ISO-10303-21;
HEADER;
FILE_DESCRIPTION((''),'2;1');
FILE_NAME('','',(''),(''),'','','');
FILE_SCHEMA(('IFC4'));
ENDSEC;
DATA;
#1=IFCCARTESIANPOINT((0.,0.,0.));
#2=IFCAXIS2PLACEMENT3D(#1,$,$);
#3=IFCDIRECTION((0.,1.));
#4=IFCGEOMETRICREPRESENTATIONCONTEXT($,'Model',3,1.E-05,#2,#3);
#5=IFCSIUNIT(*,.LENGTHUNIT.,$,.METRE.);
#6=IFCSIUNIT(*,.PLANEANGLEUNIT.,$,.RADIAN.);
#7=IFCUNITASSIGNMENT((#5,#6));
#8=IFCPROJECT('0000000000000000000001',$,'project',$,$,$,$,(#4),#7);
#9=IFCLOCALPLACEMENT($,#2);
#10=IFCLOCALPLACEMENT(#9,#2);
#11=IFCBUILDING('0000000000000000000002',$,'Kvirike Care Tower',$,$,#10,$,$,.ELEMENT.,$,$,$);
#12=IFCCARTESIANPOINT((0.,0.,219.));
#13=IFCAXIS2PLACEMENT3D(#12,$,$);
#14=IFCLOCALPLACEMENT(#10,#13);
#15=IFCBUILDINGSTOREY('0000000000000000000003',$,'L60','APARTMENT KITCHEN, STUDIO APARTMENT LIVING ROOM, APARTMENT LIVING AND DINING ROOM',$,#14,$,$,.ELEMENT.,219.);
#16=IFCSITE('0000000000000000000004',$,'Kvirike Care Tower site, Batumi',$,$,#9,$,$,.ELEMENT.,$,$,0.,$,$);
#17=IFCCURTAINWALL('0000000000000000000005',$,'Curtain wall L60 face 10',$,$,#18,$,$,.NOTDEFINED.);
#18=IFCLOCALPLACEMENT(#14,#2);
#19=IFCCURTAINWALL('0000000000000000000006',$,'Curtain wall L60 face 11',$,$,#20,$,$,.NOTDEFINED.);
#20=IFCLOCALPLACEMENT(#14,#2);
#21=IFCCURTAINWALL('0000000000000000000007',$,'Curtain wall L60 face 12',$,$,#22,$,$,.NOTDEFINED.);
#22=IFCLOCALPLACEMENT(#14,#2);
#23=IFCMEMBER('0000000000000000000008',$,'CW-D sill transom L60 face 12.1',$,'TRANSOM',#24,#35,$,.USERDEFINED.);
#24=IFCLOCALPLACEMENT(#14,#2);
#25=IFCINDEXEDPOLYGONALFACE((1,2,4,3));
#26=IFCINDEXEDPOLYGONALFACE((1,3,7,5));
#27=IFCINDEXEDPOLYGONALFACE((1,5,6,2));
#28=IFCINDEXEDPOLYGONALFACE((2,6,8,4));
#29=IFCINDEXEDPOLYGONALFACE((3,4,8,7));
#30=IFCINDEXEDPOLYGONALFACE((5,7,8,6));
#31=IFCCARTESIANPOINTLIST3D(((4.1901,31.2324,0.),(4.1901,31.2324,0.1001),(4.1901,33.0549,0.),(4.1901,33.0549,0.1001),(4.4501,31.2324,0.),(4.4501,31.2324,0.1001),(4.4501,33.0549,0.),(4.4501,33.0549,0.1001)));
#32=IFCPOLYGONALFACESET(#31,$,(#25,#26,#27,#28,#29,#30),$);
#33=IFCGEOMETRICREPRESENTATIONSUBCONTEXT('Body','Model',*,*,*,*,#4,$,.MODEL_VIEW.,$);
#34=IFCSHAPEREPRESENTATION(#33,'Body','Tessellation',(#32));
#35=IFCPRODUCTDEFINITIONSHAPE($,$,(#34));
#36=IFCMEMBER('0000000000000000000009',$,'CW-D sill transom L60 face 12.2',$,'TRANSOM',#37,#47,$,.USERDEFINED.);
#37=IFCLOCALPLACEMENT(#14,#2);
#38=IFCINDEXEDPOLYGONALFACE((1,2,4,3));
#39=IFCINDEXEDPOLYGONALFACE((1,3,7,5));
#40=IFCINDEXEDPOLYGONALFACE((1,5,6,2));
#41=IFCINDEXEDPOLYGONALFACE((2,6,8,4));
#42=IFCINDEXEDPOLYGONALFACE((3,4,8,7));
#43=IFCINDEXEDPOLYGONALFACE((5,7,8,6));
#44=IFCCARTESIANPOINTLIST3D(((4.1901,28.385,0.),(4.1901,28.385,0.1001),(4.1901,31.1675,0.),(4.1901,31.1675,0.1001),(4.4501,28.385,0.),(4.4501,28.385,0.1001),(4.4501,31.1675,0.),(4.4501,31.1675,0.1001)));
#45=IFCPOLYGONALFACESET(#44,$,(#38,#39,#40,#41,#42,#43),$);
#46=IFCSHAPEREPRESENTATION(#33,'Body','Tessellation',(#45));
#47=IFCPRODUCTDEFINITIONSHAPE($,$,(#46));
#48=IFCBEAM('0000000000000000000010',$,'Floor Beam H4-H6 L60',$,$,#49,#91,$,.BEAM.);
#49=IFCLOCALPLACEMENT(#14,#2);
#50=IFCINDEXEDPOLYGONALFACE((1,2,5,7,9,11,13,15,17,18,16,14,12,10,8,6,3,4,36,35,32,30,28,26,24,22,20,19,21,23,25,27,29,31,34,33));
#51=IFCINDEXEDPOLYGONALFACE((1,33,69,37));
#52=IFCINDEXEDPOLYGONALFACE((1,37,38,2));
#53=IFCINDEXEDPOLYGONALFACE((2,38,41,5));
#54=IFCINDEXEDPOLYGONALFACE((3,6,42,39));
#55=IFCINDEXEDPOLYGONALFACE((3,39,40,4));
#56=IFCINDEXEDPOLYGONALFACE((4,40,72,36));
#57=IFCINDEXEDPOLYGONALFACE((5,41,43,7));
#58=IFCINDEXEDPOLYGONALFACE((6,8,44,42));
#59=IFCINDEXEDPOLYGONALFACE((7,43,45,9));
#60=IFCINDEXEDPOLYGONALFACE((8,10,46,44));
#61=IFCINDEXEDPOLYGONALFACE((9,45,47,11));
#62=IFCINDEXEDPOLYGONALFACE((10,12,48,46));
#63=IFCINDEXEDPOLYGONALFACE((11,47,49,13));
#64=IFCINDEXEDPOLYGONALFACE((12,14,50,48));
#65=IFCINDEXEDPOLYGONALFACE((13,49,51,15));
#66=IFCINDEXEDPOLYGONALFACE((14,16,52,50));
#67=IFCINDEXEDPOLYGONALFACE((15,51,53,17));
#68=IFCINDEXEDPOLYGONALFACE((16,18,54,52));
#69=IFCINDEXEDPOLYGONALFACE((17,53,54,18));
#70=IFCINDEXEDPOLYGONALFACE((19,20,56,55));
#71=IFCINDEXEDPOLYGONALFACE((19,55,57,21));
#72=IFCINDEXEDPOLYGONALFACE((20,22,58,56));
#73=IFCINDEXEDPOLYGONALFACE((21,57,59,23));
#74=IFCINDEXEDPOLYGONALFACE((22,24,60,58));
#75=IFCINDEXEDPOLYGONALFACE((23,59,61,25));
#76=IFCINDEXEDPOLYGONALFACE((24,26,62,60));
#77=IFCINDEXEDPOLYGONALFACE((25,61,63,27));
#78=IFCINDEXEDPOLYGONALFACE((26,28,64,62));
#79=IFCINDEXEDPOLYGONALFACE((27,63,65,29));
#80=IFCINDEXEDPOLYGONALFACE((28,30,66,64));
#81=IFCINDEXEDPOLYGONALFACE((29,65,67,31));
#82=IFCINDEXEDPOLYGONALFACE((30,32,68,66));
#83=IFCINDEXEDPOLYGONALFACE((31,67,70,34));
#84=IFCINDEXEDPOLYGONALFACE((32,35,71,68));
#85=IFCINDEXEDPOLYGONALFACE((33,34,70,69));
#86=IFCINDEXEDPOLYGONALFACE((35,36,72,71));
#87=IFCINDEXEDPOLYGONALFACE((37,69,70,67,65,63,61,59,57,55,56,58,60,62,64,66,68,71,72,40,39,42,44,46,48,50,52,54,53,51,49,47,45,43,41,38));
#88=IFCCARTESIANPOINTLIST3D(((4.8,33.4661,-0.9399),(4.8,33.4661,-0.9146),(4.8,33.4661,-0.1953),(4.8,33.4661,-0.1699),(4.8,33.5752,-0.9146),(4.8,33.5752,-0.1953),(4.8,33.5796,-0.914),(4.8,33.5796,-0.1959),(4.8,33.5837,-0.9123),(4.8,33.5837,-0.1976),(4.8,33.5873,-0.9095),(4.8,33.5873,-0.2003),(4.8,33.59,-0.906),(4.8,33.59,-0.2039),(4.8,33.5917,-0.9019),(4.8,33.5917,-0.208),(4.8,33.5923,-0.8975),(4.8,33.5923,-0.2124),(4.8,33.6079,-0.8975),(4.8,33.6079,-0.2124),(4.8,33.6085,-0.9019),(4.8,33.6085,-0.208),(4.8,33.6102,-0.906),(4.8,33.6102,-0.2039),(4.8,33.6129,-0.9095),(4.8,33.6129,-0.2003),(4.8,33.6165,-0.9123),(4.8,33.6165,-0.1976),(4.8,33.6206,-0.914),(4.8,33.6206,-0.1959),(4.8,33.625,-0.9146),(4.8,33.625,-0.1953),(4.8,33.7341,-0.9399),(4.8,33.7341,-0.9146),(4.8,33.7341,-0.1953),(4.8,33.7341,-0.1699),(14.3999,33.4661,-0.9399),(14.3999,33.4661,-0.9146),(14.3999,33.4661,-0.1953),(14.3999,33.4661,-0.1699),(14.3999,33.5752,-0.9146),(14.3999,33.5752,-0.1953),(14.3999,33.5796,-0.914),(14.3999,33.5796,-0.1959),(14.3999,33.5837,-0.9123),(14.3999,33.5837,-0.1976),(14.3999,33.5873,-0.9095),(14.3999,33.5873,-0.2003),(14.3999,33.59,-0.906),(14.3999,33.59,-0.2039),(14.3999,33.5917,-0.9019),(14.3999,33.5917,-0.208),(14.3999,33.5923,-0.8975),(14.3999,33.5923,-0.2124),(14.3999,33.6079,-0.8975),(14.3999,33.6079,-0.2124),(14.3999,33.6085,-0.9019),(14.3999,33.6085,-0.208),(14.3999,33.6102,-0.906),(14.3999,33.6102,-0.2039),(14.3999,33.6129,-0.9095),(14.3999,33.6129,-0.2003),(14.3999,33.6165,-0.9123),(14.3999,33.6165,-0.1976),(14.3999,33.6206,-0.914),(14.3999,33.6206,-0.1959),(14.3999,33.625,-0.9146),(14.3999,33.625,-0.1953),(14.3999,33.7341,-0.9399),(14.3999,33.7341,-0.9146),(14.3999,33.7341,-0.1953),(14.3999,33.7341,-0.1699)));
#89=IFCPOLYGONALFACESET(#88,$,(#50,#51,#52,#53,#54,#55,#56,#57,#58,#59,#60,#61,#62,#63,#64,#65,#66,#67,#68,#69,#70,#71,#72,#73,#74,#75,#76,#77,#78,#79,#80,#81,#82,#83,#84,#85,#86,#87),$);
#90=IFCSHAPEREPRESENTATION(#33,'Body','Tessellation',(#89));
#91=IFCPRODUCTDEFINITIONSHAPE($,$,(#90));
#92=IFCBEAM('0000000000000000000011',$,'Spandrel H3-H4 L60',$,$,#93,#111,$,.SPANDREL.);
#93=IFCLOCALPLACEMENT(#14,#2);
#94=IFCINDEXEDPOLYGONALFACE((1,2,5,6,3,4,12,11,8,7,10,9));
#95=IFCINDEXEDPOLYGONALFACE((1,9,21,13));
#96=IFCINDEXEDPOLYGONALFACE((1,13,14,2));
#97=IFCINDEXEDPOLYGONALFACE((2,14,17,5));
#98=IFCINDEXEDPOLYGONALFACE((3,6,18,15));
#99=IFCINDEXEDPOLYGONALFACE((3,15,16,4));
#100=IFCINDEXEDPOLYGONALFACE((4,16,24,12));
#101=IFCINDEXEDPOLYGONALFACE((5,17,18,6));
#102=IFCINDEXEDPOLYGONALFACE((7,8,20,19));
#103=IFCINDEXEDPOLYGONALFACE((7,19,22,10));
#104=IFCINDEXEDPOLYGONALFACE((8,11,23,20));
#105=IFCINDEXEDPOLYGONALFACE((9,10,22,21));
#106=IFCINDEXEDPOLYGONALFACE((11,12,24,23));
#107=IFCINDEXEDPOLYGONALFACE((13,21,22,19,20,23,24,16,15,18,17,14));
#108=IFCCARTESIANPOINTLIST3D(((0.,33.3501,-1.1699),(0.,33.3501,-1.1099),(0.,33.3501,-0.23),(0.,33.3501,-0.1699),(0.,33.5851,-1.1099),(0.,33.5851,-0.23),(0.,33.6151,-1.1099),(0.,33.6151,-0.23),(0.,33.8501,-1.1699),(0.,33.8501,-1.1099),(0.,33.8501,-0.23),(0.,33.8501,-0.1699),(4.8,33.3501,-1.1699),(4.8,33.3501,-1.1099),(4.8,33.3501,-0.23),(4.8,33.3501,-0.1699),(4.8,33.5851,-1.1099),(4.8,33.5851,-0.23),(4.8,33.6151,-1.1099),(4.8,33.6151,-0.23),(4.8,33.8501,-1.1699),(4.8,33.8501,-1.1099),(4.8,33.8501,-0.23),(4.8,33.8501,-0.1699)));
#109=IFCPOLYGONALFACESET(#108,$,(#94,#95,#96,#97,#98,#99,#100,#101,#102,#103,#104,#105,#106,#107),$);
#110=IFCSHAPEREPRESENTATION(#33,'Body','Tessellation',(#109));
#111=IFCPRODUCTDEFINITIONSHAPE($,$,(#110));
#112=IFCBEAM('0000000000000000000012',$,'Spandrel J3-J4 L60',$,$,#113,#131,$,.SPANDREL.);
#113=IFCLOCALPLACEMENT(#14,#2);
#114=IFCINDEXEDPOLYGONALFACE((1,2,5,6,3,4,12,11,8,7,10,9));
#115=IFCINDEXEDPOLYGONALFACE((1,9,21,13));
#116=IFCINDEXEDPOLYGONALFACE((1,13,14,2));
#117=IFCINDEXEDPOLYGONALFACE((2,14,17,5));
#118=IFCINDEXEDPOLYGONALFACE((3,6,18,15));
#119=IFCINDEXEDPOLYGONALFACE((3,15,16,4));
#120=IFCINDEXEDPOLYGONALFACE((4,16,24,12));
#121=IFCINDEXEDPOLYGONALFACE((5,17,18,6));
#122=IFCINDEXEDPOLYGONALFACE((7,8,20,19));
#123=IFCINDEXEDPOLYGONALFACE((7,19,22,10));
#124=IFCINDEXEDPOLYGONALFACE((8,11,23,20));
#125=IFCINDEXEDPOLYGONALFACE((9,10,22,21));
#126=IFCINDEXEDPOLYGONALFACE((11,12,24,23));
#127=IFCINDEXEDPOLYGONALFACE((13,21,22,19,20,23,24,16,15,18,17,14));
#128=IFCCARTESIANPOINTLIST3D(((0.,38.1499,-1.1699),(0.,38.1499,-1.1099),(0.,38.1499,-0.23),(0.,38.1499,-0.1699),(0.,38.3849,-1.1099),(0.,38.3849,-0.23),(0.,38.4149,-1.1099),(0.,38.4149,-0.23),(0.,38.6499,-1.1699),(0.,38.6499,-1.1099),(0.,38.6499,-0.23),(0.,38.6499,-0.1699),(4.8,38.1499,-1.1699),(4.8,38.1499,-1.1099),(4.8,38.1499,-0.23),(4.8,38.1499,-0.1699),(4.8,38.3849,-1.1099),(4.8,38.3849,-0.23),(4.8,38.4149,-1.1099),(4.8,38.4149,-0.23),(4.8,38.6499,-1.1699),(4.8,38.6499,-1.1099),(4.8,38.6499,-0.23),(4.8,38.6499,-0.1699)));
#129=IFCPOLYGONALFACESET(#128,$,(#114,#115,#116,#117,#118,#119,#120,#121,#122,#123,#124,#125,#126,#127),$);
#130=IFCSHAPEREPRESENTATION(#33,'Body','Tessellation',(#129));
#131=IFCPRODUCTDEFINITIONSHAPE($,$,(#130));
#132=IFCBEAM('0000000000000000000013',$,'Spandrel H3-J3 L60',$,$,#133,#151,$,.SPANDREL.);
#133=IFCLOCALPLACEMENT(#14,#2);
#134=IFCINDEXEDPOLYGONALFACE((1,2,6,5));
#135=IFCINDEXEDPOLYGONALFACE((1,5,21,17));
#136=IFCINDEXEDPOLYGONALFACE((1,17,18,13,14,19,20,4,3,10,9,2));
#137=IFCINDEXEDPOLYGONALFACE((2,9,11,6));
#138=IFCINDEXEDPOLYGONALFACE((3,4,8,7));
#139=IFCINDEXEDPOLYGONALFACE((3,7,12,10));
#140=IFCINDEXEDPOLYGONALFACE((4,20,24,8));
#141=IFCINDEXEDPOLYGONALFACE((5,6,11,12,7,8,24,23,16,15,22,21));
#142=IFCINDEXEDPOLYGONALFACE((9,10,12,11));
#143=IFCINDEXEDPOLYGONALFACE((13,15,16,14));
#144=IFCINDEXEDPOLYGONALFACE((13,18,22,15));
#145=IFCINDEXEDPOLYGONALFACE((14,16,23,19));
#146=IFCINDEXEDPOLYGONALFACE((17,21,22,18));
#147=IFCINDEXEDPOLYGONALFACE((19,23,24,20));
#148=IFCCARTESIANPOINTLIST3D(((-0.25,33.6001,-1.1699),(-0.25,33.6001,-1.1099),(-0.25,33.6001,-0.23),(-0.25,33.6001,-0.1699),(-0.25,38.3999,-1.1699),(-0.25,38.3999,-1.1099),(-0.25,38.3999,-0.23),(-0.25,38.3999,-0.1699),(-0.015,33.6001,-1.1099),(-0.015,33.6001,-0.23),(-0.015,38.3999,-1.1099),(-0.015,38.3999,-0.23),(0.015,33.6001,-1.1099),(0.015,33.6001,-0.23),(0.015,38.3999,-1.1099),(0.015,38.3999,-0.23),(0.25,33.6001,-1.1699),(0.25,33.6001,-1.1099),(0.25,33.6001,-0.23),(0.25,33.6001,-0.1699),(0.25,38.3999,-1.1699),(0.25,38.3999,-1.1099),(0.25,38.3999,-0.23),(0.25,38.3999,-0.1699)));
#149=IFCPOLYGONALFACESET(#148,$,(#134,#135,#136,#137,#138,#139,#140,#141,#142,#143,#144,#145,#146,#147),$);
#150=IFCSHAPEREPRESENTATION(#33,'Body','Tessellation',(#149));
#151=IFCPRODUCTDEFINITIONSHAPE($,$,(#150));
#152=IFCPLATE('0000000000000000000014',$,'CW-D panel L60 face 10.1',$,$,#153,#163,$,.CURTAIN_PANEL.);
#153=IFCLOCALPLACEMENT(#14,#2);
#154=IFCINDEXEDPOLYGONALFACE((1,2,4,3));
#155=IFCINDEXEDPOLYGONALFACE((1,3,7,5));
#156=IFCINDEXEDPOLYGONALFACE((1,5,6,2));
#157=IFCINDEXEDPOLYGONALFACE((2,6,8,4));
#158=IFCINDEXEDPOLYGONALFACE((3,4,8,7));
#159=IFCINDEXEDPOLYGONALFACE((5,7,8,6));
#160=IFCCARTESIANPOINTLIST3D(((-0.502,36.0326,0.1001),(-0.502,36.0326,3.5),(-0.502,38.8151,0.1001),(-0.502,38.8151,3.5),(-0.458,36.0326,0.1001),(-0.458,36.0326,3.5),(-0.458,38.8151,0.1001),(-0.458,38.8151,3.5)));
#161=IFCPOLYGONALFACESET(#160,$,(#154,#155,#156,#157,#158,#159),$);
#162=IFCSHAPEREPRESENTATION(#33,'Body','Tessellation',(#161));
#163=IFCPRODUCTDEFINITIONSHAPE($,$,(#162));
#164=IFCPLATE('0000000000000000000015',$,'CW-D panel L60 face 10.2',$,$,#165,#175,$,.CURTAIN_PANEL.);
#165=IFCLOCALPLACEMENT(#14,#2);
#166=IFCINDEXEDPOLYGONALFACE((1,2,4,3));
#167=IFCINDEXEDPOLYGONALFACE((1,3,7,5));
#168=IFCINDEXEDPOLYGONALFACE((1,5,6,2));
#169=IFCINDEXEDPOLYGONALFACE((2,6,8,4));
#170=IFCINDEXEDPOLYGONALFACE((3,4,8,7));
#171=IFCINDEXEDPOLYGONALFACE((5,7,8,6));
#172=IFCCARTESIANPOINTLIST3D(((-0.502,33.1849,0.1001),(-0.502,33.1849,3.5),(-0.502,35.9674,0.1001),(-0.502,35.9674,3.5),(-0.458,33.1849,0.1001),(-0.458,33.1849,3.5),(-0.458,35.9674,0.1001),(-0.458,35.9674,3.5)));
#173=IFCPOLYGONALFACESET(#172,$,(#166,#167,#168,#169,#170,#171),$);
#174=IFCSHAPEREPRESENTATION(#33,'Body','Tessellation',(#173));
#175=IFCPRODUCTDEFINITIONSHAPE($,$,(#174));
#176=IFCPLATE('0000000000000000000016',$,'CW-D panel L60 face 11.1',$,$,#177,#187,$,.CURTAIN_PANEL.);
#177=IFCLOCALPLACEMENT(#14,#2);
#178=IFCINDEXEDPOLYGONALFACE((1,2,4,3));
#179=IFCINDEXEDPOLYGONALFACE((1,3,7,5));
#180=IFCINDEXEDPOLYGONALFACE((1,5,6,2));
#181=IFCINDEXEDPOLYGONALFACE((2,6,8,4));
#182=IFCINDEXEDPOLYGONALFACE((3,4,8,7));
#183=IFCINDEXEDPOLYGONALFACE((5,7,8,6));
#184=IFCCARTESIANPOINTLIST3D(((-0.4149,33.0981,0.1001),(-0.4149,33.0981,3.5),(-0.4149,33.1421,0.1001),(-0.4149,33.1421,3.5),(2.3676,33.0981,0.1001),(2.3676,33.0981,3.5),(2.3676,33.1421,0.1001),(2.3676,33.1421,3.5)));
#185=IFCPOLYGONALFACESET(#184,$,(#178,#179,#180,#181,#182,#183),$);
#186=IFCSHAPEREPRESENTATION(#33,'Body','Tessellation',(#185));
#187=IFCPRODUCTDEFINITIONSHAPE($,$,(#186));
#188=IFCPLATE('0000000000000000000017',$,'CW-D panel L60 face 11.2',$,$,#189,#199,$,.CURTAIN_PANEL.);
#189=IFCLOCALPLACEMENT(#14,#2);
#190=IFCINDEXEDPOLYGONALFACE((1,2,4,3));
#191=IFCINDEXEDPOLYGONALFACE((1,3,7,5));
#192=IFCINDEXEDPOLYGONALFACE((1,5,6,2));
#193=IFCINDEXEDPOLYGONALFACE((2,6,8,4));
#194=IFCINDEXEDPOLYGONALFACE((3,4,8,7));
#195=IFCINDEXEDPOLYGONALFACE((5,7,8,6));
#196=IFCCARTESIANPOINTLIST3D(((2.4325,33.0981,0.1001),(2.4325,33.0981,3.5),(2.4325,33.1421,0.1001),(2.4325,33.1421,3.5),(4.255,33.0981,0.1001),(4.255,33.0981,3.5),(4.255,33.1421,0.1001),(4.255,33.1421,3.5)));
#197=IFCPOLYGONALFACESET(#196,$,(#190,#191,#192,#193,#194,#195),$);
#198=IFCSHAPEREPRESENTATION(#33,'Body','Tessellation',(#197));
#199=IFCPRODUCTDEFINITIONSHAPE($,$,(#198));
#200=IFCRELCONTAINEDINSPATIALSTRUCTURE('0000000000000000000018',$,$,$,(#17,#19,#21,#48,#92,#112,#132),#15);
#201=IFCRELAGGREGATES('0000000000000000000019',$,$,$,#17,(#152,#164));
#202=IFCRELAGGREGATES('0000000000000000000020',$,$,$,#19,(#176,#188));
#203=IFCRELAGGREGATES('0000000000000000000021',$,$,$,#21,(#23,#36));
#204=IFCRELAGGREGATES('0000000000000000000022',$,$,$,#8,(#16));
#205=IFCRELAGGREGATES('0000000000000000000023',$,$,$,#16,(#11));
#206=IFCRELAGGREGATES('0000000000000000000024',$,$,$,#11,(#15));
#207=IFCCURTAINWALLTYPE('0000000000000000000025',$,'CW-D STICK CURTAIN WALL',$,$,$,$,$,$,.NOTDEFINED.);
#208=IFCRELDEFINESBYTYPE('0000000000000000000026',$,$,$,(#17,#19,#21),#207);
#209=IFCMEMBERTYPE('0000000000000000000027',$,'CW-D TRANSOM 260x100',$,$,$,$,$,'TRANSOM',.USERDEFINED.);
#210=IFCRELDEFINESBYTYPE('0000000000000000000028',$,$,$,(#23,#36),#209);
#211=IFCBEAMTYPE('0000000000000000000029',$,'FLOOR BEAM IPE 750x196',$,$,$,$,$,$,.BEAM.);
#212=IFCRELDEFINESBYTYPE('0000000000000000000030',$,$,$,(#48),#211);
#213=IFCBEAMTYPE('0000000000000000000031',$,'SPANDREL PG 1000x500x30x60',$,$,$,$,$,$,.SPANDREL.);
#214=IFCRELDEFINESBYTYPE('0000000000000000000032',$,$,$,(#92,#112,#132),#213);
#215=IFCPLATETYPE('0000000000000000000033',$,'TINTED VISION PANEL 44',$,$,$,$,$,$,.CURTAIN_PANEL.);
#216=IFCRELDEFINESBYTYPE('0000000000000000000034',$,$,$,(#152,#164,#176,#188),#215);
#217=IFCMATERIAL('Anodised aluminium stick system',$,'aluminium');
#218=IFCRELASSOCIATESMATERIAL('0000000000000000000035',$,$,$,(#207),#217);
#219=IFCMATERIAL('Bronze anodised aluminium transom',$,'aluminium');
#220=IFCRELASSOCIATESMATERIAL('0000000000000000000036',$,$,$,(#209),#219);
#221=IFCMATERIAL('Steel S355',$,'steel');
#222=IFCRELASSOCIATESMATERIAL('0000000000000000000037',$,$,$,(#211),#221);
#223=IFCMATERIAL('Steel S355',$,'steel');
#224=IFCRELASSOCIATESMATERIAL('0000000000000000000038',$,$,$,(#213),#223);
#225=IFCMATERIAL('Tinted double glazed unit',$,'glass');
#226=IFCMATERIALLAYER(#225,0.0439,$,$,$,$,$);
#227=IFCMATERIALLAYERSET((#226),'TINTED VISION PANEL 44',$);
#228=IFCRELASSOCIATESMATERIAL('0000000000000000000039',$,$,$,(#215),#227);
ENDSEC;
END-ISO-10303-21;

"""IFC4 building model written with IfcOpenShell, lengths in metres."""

from ifc_helpers import new_model, si_unit, direction, frame, origin, origin_2d, place, context, subcontext, project, spatial, rectangle, i_section, extrude, material, layer, layer_set, material_profile, profile_set, type_object, element, aggregate, save


model = new_model("IFC4")

# Units and contexts
model_context = context("Model", 3, precision=1e-05, world=origin(), true_north=direction((0.0, 1.0)))
body_context = subcontext(model_context, "Body", "Model", "MODEL_VIEW")
ifc_project = project(units=[si_unit("LENGTHUNIT", "METRE"), si_unit("PLANEANGLEUNIT", "RADIAN")], contexts=[model_context])

# Site, building, storey
site_placement = place(None, origin())
site = spatial("IfcSite", under=ifc_project, at=site_placement, Name="Kvirike Care Tower site, Batumi", CompositionType="ELEMENT", RefElevation=0.0)
building_placement = place(site_placement, origin())
building = spatial("IfcBuilding", under=site, at=building_placement, Name="Kvirike Care Tower", CompositionType="ELEMENT")
storey_placement = place(building_placement, frame((0.0, 0.0, 219.0)))
storey = spatial("IfcBuildingStorey", under=building, at=storey_placement, Name="L60", Description="APARTMENT KITCHEN, STUDIO APARTMENT LIVING ROOM, APARTMENT LIVING AND DINING ROOM", CompositionType="ELEMENT", Elevation=219.0)

# Curtain walls
ifc_material_1 = material(Name="Anodised aluminium stick system", Category="aluminium")
curtain_wall_type = type_object("IfcCurtainWallType", Name="CW-D STICK CURTAIN WALL", PredefinedType="NOTDEFINED", material=ifc_material_1)
curtain_wall_1_placement = place(storey_placement, origin())
curtain_wall_1 = element("IfcCurtainWall", 1, at=curtain_wall_1_placement, inside=storey, type_object=curtain_wall_type, Name="Curtain wall L60 face 10", PredefinedType="NOTDEFINED")
curtain_wall_2_placement = place(storey_placement, origin())
curtain_wall_2 = element("IfcCurtainWall", 2, at=curtain_wall_2_placement, inside=storey, type_object=curtain_wall_type, Name="Curtain wall L60 face 11", PredefinedType="NOTDEFINED")
curtain_wall_3_placement = place(storey_placement, origin())
curtain_wall_3 = element("IfcCurtainWall", 3, at=curtain_wall_3_placement, inside=storey, type_object=curtain_wall_type, Name="Curtain wall L60 face 12", PredefinedType="NOTDEFINED")

# Members
ifc_material_2 = material(Name="Bronze anodised aluminium transom", Category="aluminium")
ifc_material_profile_1 = material_profile(ifc_material_2, rectangle(XDim=0.26, YDim=0.1001, at=origin_2d()), Name="CW-D TRANSOM 260x100")
ifc_profile_set_1 = profile_set([ifc_material_profile_1], Name="Bronze anodised aluminium transom")
member_type_1 = type_object("IfcMemberType", Name="CW-D TRANSOM 260x100", ElementType="TRANSOM", PredefinedType="USERDEFINED", material=ifc_profile_set_1)
member_1_placement = place(storey_placement, frame((4.3201, 33.0549, 0.05), z_axis=(0.0, -1.0, 0.0), x_axis=(1.0, 0.0, 0.0)))
member_1 = element("IfcMember", 4, at=member_1_placement, type_object=member_type_1, Name="CW-D sill transom L60 face 12.1", ObjectType="TRANSOM", PredefinedType="USERDEFINED", context=body_context, shape_type="SweptSolid", body=[
    extrude(rectangle(XDim=0.26, YDim=0.1001, at=origin_2d()), origin(), (0.0, 0.0, 1.0), 1.8225),
])
member_2_placement = place(storey_placement, frame((4.3201, 31.1675, 0.05), z_axis=(0.0, -1.0, 0.0), x_axis=(1.0, 0.0, 0.0)))
member_2 = element("IfcMember", 5, at=member_2_placement, type_object=member_type_1, Name="CW-D sill transom L60 face 12.2", ObjectType="TRANSOM", PredefinedType="USERDEFINED", context=body_context, shape_type="SweptSolid", body=[
    extrude(rectangle(XDim=0.26, YDim=0.1001, at=origin_2d()), origin(), (0.0, 0.0, 1.0), 2.7825),
])

# Beams
ifc_material_3 = material(Name="Steel S355", Category="steel")
ifc_material_profile_2 = material_profile(ifc_material_3, i_section(OverallWidth=0.2681, OverallDepth=0.77, WebThickness=0.0156, FlangeThickness=0.0254, FilletRadius=0.0171, at=origin_2d()), Name="IPE 750x196")
ifc_profile_set_2 = profile_set([ifc_material_profile_2], Name="Steel S355")
beam_type_1 = type_object("IfcBeamType", Name="FLOOR BEAM IPE 750x196", PredefinedType="BEAM", material=ifc_profile_set_2)
beam_1_placement = place(storey_placement, frame((4.8, 33.6001, -0.5549), z_axis=(1.0, 0.0, 0.0), x_axis=(0.0, 1.0, 0.0)))
element("IfcBeam", 6, at=beam_1_placement, inside=storey, type_object=beam_type_1, Name="Floor Beam H4-H6 L60", PredefinedType="BEAM", context=body_context, shape_type="SweptSolid", body=[
    extrude(i_section(OverallWidth=0.2681, OverallDepth=0.77, WebThickness=0.0156, FlangeThickness=0.0254, FilletRadius=0.0171, at=origin_2d()), origin(), (0.0, 0.0, 1.0), 9.5999),
])
ifc_material_4 = material(Name="Steel S355", Category="steel")
ifc_material_profile_3 = material_profile(ifc_material_4, i_section(OverallWidth=0.5, OverallDepth=1.0, WebThickness=0.03, FlangeThickness=0.0601, at=origin_2d()), Name="PG 1000x500x30x60")
ifc_profile_set_3 = profile_set([ifc_material_profile_3], Name="Steel S355")
beam_type_2 = type_object("IfcBeamType", Name="SPANDREL PG 1000x500x30x60", PredefinedType="SPANDREL", material=ifc_profile_set_3)
for number, where, z_axis, x_axis, name in (
    (7, (0.0, 33.6001, -0.6699), (1.0, 0.0, 0.0), (0.0, 1.0, 0.0), "Spandrel H3-H4 L60"),
    (8, (0.0, 38.3999, -0.6699), (1.0, 0.0, 0.0), (0.0, 1.0, 0.0), "Spandrel J3-J4 L60"),
):
    element("IfcBeam", number, at=place(storey_placement, frame(where, z_axis=z_axis, x_axis=x_axis)), inside=storey, type_object=beam_type_2, Name=name, PredefinedType="SPANDREL", context=body_context, shape_type="SweptSolid", body=[
        extrude(i_section(OverallWidth=0.5, OverallDepth=1.0, WebThickness=0.03, FlangeThickness=0.0601, at=origin_2d()), origin(), (0.0, 0.0, 1.0), 4.8),
    ])
beam_2_placement = place(storey_placement, frame((0.0, 33.6001, -0.6699), z_axis=(0.0, 1.0, 0.0), x_axis=(-1.0, 0.0, 0.0)))
element("IfcBeam", 9, at=beam_2_placement, inside=storey, type_object=beam_type_2, Name="Spandrel H3-J3 L60", PredefinedType="SPANDREL", context=body_context, shape_type="SweptSolid", body=[
    extrude(i_section(OverallWidth=0.5, OverallDepth=1.0, WebThickness=0.03, FlangeThickness=0.0601, at=origin_2d()), origin(), (0.0, 0.0, 1.0), 4.7998),
])

# Plates
ifc_material_5 = material(Name="Tinted double glazed unit", Category="glass")
ifc_layer_1 = layer(ifc_material_5, 0.0439)
ifc_layer_set_1 = layer_set([ifc_layer_1], Name="TINTED VISION PANEL 44")
plate_type = type_object("IfcPlateType", Name="TINTED VISION PANEL 44", PredefinedType="CURTAIN_PANEL", material=ifc_layer_set_1)
plate_1_placement = place(storey_placement, frame((-0.48, 37.4238, 0.1001), z_axis=(0.0, 0.0, 1.0), x_axis=(0.0, -1.0, 0.0)))
plate_1 = element("IfcPlate", 10, at=plate_1_placement, type_object=plate_type, Name="CW-D panel L60 face 10.1", PredefinedType="CURTAIN_PANEL", context=body_context, shape_type="SweptSolid", body=[
    extrude(rectangle(XDim=2.7825, YDim=0.0439, at=origin_2d()), origin(), (0.0, 0.0, 1.0), 3.3999),
])
plate_2_placement = place(storey_placement, frame((-0.48, 34.5762, 0.1001), z_axis=(0.0, 0.0, 1.0), x_axis=(0.0, -1.0, 0.0)))
plate_2 = element("IfcPlate", 11, at=plate_2_placement, type_object=plate_type, Name="CW-D panel L60 face 10.2", PredefinedType="CURTAIN_PANEL", context=body_context, shape_type="SweptSolid", body=[
    extrude(rectangle(XDim=2.7825, YDim=0.0439, at=origin_2d()), origin(), (0.0, 0.0, 1.0), 3.3999),
])
aggregate(curtain_wall_1, [plate_1, plate_2])
plate_3_placement = place(storey_placement, frame((0.9763, 33.1201, 0.1001), z_axis=(0.0, 0.0, 1.0), x_axis=(1.0, 0.0, 0.0)))
plate_3 = element("IfcPlate", 12, at=plate_3_placement, type_object=plate_type, Name="CW-D panel L60 face 11.1", PredefinedType="CURTAIN_PANEL", context=body_context, shape_type="SweptSolid", body=[
    extrude(rectangle(XDim=2.7825, YDim=0.0439, at=origin_2d()), origin(), (0.0, 0.0, 1.0), 3.3999),
])
plate_4_placement = place(storey_placement, frame((3.3438, 33.1201, 0.1001), z_axis=(0.0, 0.0, 1.0), x_axis=(1.0, 0.0, 0.0)))
plate_4 = element("IfcPlate", 13, at=plate_4_placement, type_object=plate_type, Name="CW-D panel L60 face 11.2", PredefinedType="CURTAIN_PANEL", context=body_context, shape_type="SweptSolid", body=[
    extrude(rectangle(XDim=1.8225, YDim=0.0439, at=origin_2d()), origin(), (0.0, 0.0, 1.0), 3.3999),
])
aggregate(curtain_wall_2, [plate_3, plate_4])
aggregate(curtain_wall_3, [member_1, member_2])

save(model, "model.ifc")
